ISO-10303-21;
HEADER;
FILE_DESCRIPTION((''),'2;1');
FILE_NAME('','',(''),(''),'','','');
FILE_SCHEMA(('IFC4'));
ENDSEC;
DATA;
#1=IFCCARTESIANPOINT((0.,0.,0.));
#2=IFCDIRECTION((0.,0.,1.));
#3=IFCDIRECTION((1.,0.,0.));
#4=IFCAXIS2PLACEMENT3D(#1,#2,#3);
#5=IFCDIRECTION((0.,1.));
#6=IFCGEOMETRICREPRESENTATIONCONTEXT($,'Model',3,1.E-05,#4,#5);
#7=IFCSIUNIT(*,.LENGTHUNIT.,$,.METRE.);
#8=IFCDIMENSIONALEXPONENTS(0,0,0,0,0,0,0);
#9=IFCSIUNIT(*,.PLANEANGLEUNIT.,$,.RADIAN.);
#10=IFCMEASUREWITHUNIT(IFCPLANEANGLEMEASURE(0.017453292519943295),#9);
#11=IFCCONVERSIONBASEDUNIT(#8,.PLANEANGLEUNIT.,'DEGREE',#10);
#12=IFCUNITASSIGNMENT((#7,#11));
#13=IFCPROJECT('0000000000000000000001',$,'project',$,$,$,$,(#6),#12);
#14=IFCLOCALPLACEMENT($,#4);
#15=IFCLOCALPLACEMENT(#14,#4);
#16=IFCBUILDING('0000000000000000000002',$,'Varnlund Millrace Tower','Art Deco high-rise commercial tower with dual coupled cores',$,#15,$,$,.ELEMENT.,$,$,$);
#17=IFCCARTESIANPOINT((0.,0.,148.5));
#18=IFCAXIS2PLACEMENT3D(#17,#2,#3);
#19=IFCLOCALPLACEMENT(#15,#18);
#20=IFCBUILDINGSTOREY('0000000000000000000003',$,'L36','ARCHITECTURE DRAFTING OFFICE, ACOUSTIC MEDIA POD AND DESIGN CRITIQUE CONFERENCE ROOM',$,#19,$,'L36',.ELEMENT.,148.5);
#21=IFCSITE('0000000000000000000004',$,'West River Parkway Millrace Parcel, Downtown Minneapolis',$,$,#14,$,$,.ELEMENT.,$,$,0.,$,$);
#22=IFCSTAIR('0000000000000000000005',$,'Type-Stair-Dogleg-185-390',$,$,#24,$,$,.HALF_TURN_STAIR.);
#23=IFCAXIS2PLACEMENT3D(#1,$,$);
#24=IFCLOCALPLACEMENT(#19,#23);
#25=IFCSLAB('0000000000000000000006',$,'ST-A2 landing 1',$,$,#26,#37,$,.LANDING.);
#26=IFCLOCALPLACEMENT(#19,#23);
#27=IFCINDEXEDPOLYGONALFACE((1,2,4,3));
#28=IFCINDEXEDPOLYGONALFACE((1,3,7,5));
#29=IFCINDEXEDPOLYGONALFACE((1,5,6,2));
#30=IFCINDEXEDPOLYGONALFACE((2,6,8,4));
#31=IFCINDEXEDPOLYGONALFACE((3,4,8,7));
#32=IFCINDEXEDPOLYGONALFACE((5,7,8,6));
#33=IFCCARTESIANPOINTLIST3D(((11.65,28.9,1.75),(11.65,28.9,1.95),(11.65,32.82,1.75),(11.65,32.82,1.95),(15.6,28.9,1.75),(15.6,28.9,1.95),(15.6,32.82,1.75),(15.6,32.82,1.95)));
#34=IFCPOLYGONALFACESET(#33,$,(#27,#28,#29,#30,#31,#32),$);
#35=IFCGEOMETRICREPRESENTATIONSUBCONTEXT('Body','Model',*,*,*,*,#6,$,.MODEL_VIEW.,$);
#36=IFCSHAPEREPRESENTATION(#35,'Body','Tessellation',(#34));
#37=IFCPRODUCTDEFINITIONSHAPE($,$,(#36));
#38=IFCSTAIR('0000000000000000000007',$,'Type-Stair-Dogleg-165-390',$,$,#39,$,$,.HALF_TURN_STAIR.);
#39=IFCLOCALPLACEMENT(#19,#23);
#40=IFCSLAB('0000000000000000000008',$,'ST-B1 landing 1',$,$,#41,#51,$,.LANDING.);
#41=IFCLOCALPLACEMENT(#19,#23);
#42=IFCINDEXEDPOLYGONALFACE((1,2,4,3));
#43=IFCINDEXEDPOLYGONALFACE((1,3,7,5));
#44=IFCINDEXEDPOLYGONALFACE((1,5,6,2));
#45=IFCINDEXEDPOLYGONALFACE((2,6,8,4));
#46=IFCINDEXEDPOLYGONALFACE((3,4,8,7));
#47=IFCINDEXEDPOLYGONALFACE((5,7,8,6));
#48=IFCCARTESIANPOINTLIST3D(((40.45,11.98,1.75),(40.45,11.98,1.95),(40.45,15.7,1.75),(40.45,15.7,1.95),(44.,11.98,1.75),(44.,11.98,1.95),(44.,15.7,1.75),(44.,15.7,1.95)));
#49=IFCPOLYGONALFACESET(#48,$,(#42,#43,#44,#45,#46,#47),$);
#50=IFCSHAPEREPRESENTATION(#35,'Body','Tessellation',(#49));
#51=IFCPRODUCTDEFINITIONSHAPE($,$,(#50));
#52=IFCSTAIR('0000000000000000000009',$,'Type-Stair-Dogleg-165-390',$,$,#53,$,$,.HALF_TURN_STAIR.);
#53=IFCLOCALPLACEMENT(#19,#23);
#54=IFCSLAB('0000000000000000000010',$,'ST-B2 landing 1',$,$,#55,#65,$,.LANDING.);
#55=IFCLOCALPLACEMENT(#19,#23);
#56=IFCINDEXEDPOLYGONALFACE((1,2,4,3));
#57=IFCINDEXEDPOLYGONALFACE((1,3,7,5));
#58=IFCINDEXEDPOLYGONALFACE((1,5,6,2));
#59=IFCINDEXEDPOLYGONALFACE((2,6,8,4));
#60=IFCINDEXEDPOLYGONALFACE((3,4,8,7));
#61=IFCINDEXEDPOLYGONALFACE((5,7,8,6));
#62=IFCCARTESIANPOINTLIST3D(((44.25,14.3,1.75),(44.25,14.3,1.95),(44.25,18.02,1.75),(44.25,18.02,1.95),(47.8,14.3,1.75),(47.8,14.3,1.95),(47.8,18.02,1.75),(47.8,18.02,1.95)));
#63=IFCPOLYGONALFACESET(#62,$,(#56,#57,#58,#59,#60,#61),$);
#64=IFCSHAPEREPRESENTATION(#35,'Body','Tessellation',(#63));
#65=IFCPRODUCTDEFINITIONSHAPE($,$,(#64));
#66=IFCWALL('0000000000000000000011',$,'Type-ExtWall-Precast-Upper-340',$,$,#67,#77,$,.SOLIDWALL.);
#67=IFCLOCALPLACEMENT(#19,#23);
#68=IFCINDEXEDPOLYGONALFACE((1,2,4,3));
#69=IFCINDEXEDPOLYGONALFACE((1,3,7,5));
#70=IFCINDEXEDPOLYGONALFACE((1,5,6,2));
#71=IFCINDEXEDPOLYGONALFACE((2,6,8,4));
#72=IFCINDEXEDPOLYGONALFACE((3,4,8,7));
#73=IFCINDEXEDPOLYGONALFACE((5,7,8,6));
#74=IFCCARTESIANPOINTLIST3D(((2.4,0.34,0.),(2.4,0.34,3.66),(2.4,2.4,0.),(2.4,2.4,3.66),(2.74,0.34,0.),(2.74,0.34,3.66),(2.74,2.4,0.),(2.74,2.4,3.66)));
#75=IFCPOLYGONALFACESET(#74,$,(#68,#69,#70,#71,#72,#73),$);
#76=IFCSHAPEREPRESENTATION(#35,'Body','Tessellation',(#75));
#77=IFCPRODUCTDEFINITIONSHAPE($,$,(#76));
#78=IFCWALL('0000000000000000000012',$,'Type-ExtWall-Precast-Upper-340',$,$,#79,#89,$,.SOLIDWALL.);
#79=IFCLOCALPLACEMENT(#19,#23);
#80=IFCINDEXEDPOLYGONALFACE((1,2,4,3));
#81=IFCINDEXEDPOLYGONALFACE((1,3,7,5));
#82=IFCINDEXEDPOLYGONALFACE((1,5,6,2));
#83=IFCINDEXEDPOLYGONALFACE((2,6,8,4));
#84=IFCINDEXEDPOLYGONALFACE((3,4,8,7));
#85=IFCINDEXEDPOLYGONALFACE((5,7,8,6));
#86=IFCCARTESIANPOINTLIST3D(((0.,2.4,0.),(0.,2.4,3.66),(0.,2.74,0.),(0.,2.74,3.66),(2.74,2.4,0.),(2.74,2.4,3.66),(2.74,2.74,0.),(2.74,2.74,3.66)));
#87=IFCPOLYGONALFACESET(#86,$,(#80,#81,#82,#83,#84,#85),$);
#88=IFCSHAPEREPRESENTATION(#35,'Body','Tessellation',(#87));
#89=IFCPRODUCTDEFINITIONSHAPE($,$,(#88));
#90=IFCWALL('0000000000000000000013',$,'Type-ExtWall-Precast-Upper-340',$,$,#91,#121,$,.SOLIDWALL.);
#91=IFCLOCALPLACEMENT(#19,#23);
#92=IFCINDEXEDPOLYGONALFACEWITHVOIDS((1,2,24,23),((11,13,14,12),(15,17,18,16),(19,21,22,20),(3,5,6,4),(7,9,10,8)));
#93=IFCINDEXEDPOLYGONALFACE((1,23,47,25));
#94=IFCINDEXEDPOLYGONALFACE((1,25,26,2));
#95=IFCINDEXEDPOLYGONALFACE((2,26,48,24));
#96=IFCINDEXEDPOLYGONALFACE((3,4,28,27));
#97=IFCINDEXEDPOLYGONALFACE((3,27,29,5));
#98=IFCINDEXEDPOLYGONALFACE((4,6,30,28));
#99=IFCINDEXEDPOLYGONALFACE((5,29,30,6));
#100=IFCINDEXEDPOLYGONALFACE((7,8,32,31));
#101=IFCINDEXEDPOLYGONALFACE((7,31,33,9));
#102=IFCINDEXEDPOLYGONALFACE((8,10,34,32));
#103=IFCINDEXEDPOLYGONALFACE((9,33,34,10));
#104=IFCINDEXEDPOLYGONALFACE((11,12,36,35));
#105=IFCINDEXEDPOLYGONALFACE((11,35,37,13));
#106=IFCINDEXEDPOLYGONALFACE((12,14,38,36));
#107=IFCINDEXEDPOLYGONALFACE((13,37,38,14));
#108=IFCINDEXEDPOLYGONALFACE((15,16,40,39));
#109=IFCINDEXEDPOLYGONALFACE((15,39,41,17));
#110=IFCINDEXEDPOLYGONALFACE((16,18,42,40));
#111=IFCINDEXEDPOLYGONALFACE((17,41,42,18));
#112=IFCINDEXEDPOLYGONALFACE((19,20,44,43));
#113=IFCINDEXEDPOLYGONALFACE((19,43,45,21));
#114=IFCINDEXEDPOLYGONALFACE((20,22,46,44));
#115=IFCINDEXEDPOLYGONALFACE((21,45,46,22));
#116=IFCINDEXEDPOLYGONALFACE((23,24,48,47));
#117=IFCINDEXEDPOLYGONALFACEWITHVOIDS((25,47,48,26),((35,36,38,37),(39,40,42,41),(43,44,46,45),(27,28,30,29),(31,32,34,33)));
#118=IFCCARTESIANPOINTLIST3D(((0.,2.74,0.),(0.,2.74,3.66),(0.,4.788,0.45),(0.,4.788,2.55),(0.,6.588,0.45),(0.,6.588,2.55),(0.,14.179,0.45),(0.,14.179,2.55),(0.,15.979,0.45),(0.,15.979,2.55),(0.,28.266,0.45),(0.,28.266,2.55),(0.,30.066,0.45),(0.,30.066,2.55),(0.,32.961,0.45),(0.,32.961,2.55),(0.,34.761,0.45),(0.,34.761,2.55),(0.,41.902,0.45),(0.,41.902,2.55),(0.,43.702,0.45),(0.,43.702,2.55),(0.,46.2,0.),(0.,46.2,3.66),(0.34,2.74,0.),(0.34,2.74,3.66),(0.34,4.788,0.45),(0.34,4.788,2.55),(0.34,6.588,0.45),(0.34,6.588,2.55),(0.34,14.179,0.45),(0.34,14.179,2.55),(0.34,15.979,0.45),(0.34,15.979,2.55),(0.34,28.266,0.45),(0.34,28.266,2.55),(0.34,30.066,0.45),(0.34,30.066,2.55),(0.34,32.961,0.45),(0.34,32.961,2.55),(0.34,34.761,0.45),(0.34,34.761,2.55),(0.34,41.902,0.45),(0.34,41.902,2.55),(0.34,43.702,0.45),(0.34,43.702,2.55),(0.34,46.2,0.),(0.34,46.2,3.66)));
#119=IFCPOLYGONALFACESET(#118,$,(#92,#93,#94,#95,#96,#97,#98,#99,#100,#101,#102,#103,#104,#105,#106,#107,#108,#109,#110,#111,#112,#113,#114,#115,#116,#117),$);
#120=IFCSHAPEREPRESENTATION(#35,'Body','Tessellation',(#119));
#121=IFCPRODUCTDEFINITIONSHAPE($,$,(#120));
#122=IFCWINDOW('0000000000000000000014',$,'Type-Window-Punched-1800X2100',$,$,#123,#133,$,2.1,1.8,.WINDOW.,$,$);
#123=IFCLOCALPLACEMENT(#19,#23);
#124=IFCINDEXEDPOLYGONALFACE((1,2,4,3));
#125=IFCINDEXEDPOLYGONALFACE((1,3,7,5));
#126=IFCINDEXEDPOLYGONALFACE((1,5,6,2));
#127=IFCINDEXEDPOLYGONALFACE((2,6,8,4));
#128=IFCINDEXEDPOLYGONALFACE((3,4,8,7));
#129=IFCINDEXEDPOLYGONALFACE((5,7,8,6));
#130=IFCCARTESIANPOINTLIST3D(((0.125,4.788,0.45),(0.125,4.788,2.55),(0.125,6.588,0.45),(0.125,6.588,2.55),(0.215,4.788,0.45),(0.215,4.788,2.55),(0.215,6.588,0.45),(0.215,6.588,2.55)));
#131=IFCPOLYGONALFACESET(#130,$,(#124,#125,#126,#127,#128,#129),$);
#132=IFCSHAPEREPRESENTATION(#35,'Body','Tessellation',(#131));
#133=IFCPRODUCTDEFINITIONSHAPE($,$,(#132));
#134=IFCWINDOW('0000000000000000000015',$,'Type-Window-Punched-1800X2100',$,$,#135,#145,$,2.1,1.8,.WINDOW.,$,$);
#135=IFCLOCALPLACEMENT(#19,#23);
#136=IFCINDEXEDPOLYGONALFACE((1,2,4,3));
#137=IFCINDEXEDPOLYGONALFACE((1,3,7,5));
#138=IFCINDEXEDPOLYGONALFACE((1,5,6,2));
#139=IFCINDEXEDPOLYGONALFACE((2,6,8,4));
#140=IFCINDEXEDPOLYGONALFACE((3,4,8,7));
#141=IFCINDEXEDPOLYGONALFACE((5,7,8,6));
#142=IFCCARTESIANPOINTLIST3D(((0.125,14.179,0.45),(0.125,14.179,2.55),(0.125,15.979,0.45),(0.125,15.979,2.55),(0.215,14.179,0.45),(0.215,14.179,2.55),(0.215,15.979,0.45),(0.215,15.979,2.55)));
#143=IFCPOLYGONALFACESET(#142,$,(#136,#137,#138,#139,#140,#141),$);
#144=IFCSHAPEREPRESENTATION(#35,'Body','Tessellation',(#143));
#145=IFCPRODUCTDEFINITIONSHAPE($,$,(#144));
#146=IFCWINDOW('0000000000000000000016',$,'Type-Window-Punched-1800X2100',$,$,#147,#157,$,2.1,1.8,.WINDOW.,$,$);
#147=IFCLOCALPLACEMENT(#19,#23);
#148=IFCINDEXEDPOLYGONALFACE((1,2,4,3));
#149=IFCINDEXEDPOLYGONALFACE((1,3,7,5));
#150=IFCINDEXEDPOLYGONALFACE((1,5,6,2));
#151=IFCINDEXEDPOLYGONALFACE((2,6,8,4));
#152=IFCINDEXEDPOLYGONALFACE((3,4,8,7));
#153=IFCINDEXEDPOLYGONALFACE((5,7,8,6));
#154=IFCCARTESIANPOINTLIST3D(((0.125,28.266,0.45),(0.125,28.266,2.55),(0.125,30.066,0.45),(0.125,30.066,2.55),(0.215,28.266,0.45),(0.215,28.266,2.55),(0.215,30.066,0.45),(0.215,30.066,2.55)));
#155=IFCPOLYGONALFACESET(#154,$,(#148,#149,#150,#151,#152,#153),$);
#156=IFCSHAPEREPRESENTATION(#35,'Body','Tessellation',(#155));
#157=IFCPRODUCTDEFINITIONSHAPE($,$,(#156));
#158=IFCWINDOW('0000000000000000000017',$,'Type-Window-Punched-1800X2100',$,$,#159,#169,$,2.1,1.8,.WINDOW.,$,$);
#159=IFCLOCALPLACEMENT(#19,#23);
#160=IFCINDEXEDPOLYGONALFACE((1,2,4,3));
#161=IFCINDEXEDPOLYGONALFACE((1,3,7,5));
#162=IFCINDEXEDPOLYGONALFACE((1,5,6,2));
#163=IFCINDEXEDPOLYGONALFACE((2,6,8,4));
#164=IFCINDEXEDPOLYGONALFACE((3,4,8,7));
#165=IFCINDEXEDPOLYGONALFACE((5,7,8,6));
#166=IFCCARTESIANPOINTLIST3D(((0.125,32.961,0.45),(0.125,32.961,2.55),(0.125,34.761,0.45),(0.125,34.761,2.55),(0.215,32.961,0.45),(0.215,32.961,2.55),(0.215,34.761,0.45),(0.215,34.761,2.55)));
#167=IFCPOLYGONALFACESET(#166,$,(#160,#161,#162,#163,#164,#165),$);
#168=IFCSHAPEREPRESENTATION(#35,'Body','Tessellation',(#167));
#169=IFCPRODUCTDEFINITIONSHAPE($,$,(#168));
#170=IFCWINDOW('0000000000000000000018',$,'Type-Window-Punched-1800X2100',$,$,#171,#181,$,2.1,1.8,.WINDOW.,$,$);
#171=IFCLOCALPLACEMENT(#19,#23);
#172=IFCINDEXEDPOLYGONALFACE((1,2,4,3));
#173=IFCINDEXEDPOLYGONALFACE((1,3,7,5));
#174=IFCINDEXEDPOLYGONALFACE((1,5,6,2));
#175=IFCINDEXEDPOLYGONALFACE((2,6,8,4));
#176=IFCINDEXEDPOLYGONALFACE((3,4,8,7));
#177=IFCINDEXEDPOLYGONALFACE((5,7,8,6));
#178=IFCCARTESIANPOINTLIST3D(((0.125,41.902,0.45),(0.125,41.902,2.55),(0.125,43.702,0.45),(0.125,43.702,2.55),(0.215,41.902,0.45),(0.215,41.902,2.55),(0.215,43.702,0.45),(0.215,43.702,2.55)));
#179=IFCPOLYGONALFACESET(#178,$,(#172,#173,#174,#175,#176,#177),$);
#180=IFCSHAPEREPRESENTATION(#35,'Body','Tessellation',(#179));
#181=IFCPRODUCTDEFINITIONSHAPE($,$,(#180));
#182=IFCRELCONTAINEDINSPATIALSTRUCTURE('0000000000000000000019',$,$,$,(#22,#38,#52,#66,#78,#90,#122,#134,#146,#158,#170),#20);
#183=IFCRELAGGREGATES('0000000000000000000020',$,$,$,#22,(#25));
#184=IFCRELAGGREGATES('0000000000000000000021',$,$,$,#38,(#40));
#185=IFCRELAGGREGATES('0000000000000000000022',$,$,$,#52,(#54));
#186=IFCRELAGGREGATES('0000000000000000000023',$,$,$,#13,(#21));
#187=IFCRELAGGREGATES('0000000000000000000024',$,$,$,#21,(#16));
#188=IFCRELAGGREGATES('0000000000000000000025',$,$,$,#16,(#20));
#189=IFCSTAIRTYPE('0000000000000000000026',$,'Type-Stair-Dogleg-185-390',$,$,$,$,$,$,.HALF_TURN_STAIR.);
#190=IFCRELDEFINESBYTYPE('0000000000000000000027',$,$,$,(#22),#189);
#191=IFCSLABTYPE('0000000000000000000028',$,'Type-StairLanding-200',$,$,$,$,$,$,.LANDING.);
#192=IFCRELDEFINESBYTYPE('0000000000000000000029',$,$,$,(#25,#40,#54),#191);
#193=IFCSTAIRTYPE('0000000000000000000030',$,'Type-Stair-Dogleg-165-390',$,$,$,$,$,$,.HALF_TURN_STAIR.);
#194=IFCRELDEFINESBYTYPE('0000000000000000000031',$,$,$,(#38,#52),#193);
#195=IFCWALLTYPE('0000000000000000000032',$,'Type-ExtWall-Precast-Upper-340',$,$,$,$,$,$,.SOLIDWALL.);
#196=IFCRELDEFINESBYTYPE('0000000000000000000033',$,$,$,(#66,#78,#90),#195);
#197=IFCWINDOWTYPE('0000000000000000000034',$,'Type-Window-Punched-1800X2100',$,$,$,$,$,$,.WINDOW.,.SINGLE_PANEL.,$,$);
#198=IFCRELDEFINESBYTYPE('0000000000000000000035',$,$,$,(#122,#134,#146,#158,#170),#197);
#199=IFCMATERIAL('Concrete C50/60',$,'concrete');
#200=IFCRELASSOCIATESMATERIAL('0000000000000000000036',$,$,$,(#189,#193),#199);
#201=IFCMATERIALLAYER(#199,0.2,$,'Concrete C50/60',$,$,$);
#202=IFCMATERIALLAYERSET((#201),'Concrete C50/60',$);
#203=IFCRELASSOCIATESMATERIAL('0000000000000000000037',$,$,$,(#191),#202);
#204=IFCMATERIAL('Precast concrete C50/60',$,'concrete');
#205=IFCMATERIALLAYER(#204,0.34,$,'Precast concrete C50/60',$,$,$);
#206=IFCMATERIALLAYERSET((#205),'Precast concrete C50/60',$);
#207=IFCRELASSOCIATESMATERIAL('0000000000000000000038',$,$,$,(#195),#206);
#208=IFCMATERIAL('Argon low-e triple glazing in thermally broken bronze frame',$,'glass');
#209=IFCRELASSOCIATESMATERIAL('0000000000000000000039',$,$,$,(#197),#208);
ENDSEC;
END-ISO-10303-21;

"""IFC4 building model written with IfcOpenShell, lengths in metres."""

from ifc_helpers import new_model, entity, si_unit, converted_unit, direction, frame, origin_with_axes, origin_2d_with_axis, place, context, subcontext, project, spatial, polyline, rectangle, outline, extrude, material, layer, layer_set, type_object, element, fill, aggregate, save


model = new_model("IFC4")

# Units and contexts
model_context = context("Model", 3, precision=1e-05, world=origin_with_axes(), true_north=direction((0.0, 1.0)))
body_context = subcontext(model_context, "Body", "Model", "MODEL_VIEW")
ifc_project = project(units=[si_unit("LENGTHUNIT", "METRE"), converted_unit("PLANEANGLEUNIT", "DEGREE", entity("IfcPlaneAngleMeasure", 0.017453292519943295), si_unit("PLANEANGLEUNIT", "RADIAN"), dimensions=[0, 0, 0, 0, 0, 0, 0])], contexts=[model_context])

# Site, building, storey
site_placement = place(None, origin_with_axes())
site = spatial("IfcSite", under=ifc_project, at=site_placement, Name="West River Parkway Millrace Parcel, Downtown Minneapolis", CompositionType="ELEMENT", RefElevation=0.0)
building_placement = place(site_placement, origin_with_axes())
building = spatial("IfcBuilding", under=site, at=building_placement, Name="Varnlund Millrace Tower", Description="Art Deco high-rise commercial tower with dual coupled cores", CompositionType="ELEMENT")
storey_placement = place(building_placement, frame((0.0, 0.0, 148.5), z_axis=(0.0, 0.0, 1.0), x_axis=(1.0, 0.0, 0.0)))
storey = spatial("IfcBuildingStorey", under=building, at=storey_placement, Name="L36", Description="ARCHITECTURE DRAFTING OFFICE, ACOUSTIC MEDIA POD AND DESIGN CRITIQUE CONFERENCE ROOM", LongName="L36", CompositionType="ELEMENT", Elevation=148.5)

# Stairs, slabs
ifc_material_1 = material(Name="Concrete C50/60", Category="concrete")
stair_type_1 = type_object("IfcStairType", Name="Type-Stair-Dogleg-185-390", PredefinedType="HALF_TURN_STAIR", material=ifc_material_1)
ifc_layer_1 = layer(ifc_material_1, 0.2, Name="Concrete C50/60")
ifc_layer_set_1 = layer_set([ifc_layer_1], Name="Concrete C50/60")
slab_type = type_object("IfcSlabType", Name="Type-StairLanding-200", PredefinedType="LANDING", material=ifc_layer_set_1)
stair_1_placement = place(storey_placement, origin_with_axes())
stair_1 = element("IfcStair", 1, at=stair_1_placement, inside=storey, type_object=stair_type_1, Name="Type-Stair-Dogleg-185-390", PredefinedType="HALF_TURN_STAIR")
slab_1_placement = place(storey_placement, frame((0.0, 0.0, 1.75), z_axis=(0.0, 0.0, 1.0), x_axis=(1.0, 0.0, 0.0)))
slab_1 = element("IfcSlab", 2, at=slab_1_placement, type_object=slab_type, Name="ST-A2 landing 1", PredefinedType="LANDING", context=body_context, shape_type="SweptSolid", body=[
    extrude(outline(polyline([(11.65, 32.82), (11.65, 28.9), (15.6, 28.9), (15.6, 32.82), (11.65, 32.82)])), origin_with_axes(), (0.0, 0.0, 1.0), 0.2),
])
aggregate(stair_1, [slab_1])
stair_type_2 = type_object("IfcStairType", Name="Type-Stair-Dogleg-165-390", PredefinedType="HALF_TURN_STAIR", material=ifc_material_1)
stair_2_placement = place(storey_placement, origin_with_axes())
stair_2 = element("IfcStair", 3, at=stair_2_placement, inside=storey, type_object=stair_type_2, Name="Type-Stair-Dogleg-165-390", PredefinedType="HALF_TURN_STAIR")
slab_2_placement = place(storey_placement, frame((0.0, 0.0, 1.75), z_axis=(0.0, 0.0, 1.0), x_axis=(1.0, 0.0, 0.0)))
slab_2 = element("IfcSlab", 4, at=slab_2_placement, type_object=slab_type, Name="ST-B1 landing 1", PredefinedType="LANDING", context=body_context, shape_type="SweptSolid", body=[
    extrude(outline(polyline([(44.0, 11.98), (44.0, 15.7), (40.45, 15.7), (40.45, 11.98), (44.0, 11.98)])), origin_with_axes(), (0.0, 0.0, 1.0), 0.2),
])
aggregate(stair_2, [slab_2])
stair_3_placement = place(storey_placement, origin_with_axes())
stair_3 = element("IfcStair", 5, at=stair_3_placement, inside=storey, type_object=stair_type_2, Name="Type-Stair-Dogleg-165-390", PredefinedType="HALF_TURN_STAIR")
slab_3_placement = place(storey_placement, frame((0.0, 0.0, 1.75), z_axis=(0.0, 0.0, 1.0), x_axis=(1.0, 0.0, 0.0)))
slab_3 = element("IfcSlab", 6, at=slab_3_placement, type_object=slab_type, Name="ST-B2 landing 1", PredefinedType="LANDING", context=body_context, shape_type="SweptSolid", body=[
    extrude(outline(polyline([(44.25, 18.02), (44.25, 14.3), (47.8, 14.3), (47.8, 18.02), (44.25, 18.02)])), origin_with_axes(), (0.0, 0.0, 1.0), 0.2),
])
aggregate(stair_3, [slab_3])

# Walls
ifc_material_2 = material(Name="Precast concrete C50/60", Category="concrete")
ifc_layer_2 = layer(ifc_material_2, 0.34, Name="Precast concrete C50/60")
ifc_layer_set_2 = layer_set([ifc_layer_2], Name="Precast concrete C50/60")
wall_type = type_object("IfcWallType", Name="Type-ExtWall-Precast-Upper-340", PredefinedType="SOLIDWALL", material=ifc_layer_set_2)
wall_1_placement = place(storey_placement, frame((2.57, 0.34, 0.0), z_axis=(0.0, 0.0, 1.0), x_axis=(0.0, 1.0, 0.0)))
element("IfcWall", 7, at=wall_1_placement, inside=storey, type_object=wall_type, Name="Type-ExtWall-Precast-Upper-340", PredefinedType="SOLIDWALL", context=body_context, shape_type="SweptSolid", body=[
    extrude(outline(polyline([(0.0, -0.17), (2.06, -0.17), (2.06, 0.17), (0.0, 0.17), (0.0, -0.17)])), origin_with_axes(), (0.0, 0.0, 1.0), 3.66),
])
wall_2_placement = place(storey_placement, frame((2.74, 2.57, 0.0), z_axis=(0.0, 0.0, 1.0), x_axis=(-1.0, 0.0, 0.0)))
element("IfcWall", 8, at=wall_2_placement, inside=storey, type_object=wall_type, Name="Type-ExtWall-Precast-Upper-340", PredefinedType="SOLIDWALL", context=body_context, shape_type="SweptSolid", body=[
    extrude(outline(polyline([(0.0, -0.17), (2.74, -0.17), (2.74, 0.17), (0.0, 0.17), (0.0, -0.17)])), origin_with_axes(), (0.0, 0.0, 1.0), 3.66),
])

# Wall, openings, windows
wall_3_placement = place(storey_placement, frame((0.17, 2.74, 0.0), z_axis=(0.0, 0.0, 1.0), x_axis=(0.0, 1.0, 0.0)))
wall_3 = element("IfcWall", 9, at=wall_3_placement, inside=storey, type_object=wall_type, Name="Type-ExtWall-Precast-Upper-340", PredefinedType="SOLIDWALL", context=body_context, shape_type="SweptSolid", body=[
    extrude(outline(polyline([(0.0, -0.17), (43.46, -0.17), (43.46, 0.17), (0.0, 0.17), (0.0, -0.17)])), origin_with_axes(), (0.0, 0.0, 1.0), 3.66),
])
opening_1_placement = place(wall_3_placement, frame((2.948, 0.0, 0.45), z_axis=(0.0, 0.0, 1.0), x_axis=(1.0, 0.0, 0.0)))
opening_1 = element("IfcOpeningElement", 10, at=opening_1_placement, cuts=wall_3, PredefinedType="OPENING", context=body_context, shape_type="SweptSolid", body=[
    extrude(rectangle(XDim=1.8, YDim=0.36, at=origin_2d_with_axis()), origin_with_axes(), (0.0, 0.0, 1.0), 2.1),
])
opening_2_placement = place(wall_3_placement, frame((12.339, 0.0, 0.45), z_axis=(0.0, 0.0, 1.0), x_axis=(1.0, 0.0, 0.0)))
opening_2 = element("IfcOpeningElement", 11, at=opening_2_placement, cuts=wall_3, PredefinedType="OPENING", context=body_context, shape_type="SweptSolid", body=[
    extrude(rectangle(XDim=1.8, YDim=0.36, at=origin_2d_with_axis()), origin_with_axes(), (0.0, 0.0, 1.0), 2.1),
])
opening_3_placement = place(wall_3_placement, frame((26.426, 0.0, 0.45), z_axis=(0.0, 0.0, 1.0), x_axis=(1.0, 0.0, 0.0)))
opening_3 = element("IfcOpeningElement", 12, at=opening_3_placement, cuts=wall_3, PredefinedType="OPENING", context=body_context, shape_type="SweptSolid", body=[
    extrude(rectangle(XDim=1.8, YDim=0.36, at=origin_2d_with_axis()), origin_with_axes(), (0.0, 0.0, 1.0), 2.1),
])
opening_4_placement = place(wall_3_placement, frame((31.121, 0.0, 0.45), z_axis=(0.0, 0.0, 1.0), x_axis=(1.0, 0.0, 0.0)))
opening_4 = element("IfcOpeningElement", 13, at=opening_4_placement, cuts=wall_3, PredefinedType="OPENING", context=body_context, shape_type="SweptSolid", body=[
    extrude(rectangle(XDim=1.8, YDim=0.36, at=origin_2d_with_axis()), origin_with_axes(), (0.0, 0.0, 1.0), 2.1),
])
opening_5_placement = place(wall_3_placement, frame((40.062, 0.0, 0.45), z_axis=(0.0, 0.0, 1.0), x_axis=(1.0, 0.0, 0.0)))
opening_5 = element("IfcOpeningElement", 14, at=opening_5_placement, cuts=wall_3, PredefinedType="OPENING", context=body_context, shape_type="SweptSolid", body=[
    extrude(rectangle(XDim=1.8, YDim=0.36, at=origin_2d_with_axis()), origin_with_axes(), (0.0, 0.0, 1.0), 2.1),
])
ifc_material_3 = material(Name="Argon low-e triple glazing in thermally broken bronze frame", Category="glass")
window_type = type_object("IfcWindowType", Name="Type-Window-Punched-1800X2100", PartitioningType="SINGLE_PANEL", PredefinedType="WINDOW", material=ifc_material_3)
window_1_placement = place(wall_3_placement, frame((2.948, 0.0, 0.45), z_axis=(0.0, 0.0, 1.0), x_axis=(1.0, 0.0, 0.0)))
window_1 = element("IfcWindow", 15, at=window_1_placement, inside=storey, type_object=window_type, Name="Type-Window-Punched-1800X2100", OverallHeight=2.1, OverallWidth=1.8, PredefinedType="WINDOW", context=body_context, shape_type="SweptSolid", body=[
    extrude(rectangle(XDim=1.8, YDim=0.09, at=origin_2d_with_axis()), origin_with_axes(), (0.0, 0.0, 1.0), 2.1),
])
fill(opening_1, window_1)
window_2_placement = place(wall_3_placement, frame((12.339, 0.0, 0.45), z_axis=(0.0, 0.0, 1.0), x_axis=(1.0, 0.0, 0.0)))
window_2 = element("IfcWindow", 16, at=window_2_placement, inside=storey, type_object=window_type, Name="Type-Window-Punched-1800X2100", OverallHeight=2.1, OverallWidth=1.8, PredefinedType="WINDOW", context=body_context, shape_type="SweptSolid", body=[
    extrude(rectangle(XDim=1.8, YDim=0.09, at=origin_2d_with_axis()), origin_with_axes(), (0.0, 0.0, 1.0), 2.1),
])
fill(opening_2, window_2)
window_3_placement = place(wall_3_placement, frame((26.426, 0.0, 0.45), z_axis=(0.0, 0.0, 1.0), x_axis=(1.0, 0.0, 0.0)))
window_3 = element("IfcWindow", 17, at=window_3_placement, inside=storey, type_object=window_type, Name="Type-Window-Punched-1800X2100", OverallHeight=2.1, OverallWidth=1.8, PredefinedType="WINDOW", context=body_context, shape_type="SweptSolid", body=[
    extrude(rectangle(XDim=1.8, YDim=0.09, at=origin_2d_with_axis()), origin_with_axes(), (0.0, 0.0, 1.0), 2.1),
])
fill(opening_3, window_3)
window_4_placement = place(wall_3_placement, frame((31.121, 0.0, 0.45), z_axis=(0.0, 0.0, 1.0), x_axis=(1.0, 0.0, 0.0)))
window_4 = element("IfcWindow", 18, at=window_4_placement, inside=storey, type_object=window_type, Name="Type-Window-Punched-1800X2100", OverallHeight=2.1, OverallWidth=1.8, PredefinedType="WINDOW", context=body_context, shape_type="SweptSolid", body=[
    extrude(rectangle(XDim=1.8, YDim=0.09, at=origin_2d_with_axis()), origin_with_axes(), (0.0, 0.0, 1.0), 2.1),
])
fill(opening_4, window_4)
window_5_placement = place(wall_3_placement, frame((40.062, 0.0, 0.45), z_axis=(0.0, 0.0, 1.0), x_axis=(1.0, 0.0, 0.0)))
window_5 = element("IfcWindow", 19, at=window_5_placement, inside=storey, type_object=window_type, Name="Type-Window-Punched-1800X2100", OverallHeight=2.1, OverallWidth=1.8, PredefinedType="WINDOW", context=body_context, shape_type="SweptSolid", body=[
    extrude(rectangle(XDim=1.8, YDim=0.09, at=origin_2d_with_axis()), origin_with_axes(), (0.0, 0.0, 1.0), 2.1),
])
fill(opening_5, window_5)

save(model, "model.ifc")
